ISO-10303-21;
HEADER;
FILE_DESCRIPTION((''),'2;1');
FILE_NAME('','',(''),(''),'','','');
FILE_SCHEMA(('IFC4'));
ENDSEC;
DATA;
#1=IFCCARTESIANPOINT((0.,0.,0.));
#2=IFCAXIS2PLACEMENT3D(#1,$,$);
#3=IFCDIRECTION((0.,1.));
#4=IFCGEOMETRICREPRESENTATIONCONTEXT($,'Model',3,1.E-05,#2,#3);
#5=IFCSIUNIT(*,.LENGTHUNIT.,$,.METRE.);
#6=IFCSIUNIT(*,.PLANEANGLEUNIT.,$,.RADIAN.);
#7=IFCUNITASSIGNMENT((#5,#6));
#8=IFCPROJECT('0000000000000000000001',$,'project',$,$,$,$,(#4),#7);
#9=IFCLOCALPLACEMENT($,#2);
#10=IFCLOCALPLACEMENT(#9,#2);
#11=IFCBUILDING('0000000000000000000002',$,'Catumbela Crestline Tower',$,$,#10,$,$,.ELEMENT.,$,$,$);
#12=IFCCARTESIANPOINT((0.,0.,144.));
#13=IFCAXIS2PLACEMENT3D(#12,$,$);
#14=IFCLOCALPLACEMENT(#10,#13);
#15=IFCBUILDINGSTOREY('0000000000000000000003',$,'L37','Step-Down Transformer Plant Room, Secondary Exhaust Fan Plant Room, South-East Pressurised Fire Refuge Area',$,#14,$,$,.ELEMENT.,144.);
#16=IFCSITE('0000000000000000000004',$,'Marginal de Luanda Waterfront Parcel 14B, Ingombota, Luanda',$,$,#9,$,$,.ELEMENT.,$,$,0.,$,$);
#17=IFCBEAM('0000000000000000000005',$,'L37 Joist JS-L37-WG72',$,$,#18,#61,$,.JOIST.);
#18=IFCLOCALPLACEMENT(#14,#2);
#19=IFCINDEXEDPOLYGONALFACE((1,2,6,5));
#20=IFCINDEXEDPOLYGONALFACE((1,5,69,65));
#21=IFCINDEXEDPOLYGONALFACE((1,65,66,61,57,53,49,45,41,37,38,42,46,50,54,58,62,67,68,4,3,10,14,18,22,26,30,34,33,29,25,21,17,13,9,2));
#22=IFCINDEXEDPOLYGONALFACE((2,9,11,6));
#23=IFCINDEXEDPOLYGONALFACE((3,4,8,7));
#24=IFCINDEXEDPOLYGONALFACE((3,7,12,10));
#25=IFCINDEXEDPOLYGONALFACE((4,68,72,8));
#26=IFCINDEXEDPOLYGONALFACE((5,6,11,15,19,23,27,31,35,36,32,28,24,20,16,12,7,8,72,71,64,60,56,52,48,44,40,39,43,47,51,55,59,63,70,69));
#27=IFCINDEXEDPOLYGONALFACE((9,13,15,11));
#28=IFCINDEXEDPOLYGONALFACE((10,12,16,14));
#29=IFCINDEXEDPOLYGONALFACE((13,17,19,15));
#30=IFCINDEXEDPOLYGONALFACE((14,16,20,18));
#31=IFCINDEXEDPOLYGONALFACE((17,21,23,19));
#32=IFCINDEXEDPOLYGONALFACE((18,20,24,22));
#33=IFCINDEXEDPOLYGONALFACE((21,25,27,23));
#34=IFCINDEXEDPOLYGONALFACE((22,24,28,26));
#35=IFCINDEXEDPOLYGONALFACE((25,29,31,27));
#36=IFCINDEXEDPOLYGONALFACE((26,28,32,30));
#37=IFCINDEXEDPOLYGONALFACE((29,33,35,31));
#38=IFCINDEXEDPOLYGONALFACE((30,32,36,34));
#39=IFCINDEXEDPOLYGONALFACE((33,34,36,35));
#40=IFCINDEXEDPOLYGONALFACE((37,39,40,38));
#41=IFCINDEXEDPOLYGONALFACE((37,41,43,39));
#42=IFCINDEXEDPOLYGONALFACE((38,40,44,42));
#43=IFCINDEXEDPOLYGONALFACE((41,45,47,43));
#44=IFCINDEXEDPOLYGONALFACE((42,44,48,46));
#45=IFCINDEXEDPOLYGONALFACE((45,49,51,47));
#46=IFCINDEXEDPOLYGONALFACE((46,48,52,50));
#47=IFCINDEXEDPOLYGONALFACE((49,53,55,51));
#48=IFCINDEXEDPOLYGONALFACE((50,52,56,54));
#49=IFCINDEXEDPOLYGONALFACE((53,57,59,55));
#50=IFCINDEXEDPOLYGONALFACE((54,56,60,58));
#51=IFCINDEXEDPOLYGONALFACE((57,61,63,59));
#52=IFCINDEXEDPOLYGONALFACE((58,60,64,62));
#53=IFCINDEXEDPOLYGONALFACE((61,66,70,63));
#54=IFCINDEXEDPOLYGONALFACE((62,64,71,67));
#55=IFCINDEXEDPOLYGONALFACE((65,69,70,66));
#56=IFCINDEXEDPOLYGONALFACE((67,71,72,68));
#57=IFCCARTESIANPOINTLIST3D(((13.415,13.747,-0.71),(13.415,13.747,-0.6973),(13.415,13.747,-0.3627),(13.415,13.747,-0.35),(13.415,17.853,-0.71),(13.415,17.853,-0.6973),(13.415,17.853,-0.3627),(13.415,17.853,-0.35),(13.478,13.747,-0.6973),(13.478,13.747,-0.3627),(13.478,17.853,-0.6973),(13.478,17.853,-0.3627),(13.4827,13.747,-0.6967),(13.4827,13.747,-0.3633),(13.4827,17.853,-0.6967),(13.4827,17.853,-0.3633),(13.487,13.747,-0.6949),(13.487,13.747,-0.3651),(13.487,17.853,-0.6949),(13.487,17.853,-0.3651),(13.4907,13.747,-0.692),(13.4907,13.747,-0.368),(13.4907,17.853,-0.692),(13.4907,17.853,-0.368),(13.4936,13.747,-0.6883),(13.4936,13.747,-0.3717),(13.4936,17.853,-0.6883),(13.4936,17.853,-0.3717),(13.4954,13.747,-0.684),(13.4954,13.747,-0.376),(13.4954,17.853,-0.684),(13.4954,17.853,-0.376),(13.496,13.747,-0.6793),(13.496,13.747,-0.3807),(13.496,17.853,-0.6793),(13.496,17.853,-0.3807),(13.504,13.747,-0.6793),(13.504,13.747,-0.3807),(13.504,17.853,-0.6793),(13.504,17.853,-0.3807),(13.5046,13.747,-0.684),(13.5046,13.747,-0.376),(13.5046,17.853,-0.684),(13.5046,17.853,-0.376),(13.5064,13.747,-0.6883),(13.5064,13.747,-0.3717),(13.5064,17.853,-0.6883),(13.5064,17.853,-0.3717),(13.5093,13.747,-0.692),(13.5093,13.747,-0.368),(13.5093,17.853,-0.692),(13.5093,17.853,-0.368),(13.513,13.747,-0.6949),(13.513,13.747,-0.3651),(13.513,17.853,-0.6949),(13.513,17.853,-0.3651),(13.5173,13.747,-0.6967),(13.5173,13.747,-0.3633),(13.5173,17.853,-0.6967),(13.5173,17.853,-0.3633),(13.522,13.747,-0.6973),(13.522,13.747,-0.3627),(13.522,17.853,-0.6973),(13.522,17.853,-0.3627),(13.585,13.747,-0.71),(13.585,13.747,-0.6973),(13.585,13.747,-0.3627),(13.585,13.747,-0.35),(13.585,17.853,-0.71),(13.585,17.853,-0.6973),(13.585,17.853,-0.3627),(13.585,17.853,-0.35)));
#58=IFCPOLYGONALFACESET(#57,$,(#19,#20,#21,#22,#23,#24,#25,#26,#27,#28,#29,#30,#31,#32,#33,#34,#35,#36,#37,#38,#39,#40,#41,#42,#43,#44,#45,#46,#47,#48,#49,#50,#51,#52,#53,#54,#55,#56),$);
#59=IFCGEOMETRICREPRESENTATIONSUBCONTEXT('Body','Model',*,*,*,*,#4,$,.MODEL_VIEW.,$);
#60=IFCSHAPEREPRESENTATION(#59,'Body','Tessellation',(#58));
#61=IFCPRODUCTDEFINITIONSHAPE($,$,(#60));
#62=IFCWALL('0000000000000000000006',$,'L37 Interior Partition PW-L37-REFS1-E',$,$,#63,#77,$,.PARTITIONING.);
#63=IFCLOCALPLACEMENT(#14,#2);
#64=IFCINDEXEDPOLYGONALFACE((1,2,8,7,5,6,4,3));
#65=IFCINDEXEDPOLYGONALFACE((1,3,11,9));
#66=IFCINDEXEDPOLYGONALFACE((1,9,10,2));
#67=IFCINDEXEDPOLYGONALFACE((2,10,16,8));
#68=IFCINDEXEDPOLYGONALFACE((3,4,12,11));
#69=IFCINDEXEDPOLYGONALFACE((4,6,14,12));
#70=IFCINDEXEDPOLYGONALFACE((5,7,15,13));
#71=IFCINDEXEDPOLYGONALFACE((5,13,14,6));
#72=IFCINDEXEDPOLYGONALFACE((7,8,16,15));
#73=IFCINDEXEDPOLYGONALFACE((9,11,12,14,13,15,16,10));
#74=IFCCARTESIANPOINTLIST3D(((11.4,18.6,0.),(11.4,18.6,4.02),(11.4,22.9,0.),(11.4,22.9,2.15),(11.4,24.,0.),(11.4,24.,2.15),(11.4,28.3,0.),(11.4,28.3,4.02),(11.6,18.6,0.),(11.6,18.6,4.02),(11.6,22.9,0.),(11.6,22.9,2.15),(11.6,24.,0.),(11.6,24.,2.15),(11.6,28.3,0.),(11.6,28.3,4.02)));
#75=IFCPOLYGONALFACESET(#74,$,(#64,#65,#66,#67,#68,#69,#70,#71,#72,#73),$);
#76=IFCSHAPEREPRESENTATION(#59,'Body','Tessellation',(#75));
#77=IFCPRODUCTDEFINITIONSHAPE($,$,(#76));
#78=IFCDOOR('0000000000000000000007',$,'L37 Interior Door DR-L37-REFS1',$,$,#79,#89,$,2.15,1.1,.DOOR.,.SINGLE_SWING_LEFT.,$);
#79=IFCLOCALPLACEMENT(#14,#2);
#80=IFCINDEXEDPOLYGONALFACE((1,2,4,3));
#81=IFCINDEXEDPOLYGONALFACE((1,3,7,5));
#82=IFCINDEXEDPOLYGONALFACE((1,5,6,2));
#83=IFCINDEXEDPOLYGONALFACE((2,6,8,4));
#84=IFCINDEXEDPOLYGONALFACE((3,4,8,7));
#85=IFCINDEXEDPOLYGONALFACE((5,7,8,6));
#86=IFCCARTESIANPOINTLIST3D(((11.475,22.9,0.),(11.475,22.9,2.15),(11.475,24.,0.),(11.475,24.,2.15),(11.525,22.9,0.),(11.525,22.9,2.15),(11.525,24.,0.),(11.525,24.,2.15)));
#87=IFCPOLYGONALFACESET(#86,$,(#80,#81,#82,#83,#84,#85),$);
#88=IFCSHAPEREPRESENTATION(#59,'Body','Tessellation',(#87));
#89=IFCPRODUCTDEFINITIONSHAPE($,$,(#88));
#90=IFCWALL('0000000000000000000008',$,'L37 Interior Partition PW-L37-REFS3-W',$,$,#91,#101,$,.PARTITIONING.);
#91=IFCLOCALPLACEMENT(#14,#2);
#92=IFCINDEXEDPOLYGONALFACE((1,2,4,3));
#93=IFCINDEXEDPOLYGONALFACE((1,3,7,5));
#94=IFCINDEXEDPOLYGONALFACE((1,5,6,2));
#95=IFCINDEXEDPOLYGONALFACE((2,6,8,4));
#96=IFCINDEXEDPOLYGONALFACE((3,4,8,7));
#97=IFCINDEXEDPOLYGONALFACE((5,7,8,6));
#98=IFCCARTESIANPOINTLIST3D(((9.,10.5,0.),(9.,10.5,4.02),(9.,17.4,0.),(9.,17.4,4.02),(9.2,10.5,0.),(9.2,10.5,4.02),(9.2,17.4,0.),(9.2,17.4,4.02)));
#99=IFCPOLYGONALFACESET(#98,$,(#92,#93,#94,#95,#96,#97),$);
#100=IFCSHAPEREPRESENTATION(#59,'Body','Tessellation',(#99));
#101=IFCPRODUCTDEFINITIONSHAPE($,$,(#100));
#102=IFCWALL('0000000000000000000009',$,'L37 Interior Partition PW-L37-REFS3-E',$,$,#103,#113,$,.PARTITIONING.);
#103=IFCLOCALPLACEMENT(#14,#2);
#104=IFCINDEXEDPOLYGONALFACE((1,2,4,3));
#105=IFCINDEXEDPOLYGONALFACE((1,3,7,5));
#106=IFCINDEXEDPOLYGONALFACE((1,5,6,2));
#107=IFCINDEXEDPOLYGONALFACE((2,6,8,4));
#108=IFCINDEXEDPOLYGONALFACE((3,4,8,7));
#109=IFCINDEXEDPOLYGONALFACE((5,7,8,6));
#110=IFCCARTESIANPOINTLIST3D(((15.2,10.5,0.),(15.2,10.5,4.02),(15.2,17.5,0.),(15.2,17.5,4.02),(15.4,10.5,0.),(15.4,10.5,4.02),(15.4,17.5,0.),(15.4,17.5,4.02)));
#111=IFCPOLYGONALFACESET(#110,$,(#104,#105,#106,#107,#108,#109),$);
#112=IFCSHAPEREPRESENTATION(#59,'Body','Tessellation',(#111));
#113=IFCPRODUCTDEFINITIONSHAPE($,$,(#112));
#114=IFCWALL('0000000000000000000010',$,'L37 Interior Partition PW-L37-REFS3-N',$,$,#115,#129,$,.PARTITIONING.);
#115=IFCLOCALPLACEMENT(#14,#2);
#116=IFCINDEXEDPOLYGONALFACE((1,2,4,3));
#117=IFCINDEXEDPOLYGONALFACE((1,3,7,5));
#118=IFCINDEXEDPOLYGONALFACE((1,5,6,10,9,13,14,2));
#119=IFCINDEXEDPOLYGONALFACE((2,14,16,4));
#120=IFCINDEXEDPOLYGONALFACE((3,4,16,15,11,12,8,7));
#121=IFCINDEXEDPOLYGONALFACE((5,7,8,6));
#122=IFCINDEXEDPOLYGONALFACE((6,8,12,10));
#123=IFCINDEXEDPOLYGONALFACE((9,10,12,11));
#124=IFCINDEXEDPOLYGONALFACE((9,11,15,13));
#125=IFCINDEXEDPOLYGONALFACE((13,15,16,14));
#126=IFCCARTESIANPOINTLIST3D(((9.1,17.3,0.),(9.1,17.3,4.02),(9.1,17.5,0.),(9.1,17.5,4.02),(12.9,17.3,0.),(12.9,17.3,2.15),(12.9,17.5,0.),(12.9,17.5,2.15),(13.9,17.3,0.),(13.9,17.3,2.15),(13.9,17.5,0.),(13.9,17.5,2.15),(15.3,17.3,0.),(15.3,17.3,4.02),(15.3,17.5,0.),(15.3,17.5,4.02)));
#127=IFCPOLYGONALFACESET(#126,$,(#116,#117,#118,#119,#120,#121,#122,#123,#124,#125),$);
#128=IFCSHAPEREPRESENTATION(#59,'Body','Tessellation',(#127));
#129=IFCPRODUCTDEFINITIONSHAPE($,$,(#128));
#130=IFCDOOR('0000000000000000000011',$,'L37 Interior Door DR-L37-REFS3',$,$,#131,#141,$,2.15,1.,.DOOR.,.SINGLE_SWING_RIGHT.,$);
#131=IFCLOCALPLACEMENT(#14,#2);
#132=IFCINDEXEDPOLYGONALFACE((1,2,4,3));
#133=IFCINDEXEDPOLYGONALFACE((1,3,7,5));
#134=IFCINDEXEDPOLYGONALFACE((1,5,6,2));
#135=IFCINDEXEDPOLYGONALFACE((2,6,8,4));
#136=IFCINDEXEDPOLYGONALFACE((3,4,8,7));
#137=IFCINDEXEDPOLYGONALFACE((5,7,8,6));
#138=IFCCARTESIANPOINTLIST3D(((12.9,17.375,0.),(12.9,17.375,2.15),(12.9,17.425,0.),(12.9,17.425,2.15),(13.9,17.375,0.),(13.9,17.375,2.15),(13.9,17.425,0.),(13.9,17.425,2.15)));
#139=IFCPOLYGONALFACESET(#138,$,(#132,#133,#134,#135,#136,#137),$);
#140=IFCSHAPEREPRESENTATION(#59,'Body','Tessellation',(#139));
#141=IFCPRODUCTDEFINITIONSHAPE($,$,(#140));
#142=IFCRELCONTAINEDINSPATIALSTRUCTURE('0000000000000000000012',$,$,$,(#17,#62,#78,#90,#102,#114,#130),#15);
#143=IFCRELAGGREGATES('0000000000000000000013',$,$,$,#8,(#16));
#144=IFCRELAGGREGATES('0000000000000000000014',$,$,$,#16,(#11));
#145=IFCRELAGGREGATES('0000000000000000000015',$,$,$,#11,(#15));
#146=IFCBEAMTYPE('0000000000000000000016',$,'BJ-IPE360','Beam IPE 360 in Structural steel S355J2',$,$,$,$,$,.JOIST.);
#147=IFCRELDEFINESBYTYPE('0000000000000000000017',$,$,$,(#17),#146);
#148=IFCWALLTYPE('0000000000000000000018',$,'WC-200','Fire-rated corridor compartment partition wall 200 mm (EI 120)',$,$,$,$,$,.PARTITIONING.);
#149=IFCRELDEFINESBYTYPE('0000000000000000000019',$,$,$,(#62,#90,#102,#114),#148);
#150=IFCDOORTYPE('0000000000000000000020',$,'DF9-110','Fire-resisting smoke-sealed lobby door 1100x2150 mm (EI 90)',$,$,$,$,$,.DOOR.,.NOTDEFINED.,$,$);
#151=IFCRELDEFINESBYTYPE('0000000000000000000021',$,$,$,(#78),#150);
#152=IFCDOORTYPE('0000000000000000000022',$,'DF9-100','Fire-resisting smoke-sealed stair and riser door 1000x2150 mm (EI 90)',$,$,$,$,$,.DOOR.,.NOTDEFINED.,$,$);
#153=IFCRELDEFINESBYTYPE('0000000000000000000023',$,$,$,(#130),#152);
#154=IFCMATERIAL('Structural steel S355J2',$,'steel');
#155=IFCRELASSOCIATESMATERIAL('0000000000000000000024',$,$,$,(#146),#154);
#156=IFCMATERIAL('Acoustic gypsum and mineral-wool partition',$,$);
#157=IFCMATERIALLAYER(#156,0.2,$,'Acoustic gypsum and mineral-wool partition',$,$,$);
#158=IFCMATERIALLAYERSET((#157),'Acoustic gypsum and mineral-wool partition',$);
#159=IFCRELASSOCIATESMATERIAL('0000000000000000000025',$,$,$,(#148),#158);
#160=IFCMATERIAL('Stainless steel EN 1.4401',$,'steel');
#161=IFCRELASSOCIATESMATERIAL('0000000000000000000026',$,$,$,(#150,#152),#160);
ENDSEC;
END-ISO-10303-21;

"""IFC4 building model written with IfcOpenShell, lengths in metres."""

from ifc_helpers import new_model, si_unit, direction, frame, frame_2d, origin, origin_2d, place, context, subcontext, project, spatial, rectangle, i_section, extrude, material, layer, layer_set, material_profile, profile_set, type_object, element, fill, save


model = new_model("IFC4")

# Units and contexts
model_context = context("Model", 3, precision=1e-05, world=origin(), true_north=direction((0.0, 1.0)))
body_context = subcontext(model_context, "Body", "Model", "MODEL_VIEW")
ifc_project = project(units=[si_unit("LENGTHUNIT", "METRE"), si_unit("PLANEANGLEUNIT", "RADIAN")], contexts=[model_context])

# Site, building, storey
site_placement = place(None, origin())
site = spatial("IfcSite", under=ifc_project, at=site_placement, Name="Marginal de Luanda Waterfront Parcel 14B, Ingombota, Luanda", CompositionType="ELEMENT", RefElevation=0.0)
building_placement = place(site_placement, origin())
building = spatial("IfcBuilding", under=site, at=building_placement, Name="Catumbela Crestline Tower", CompositionType="ELEMENT")
storey_placement = place(building_placement, frame((0.0, 0.0, 144.0)))
storey = spatial("IfcBuildingStorey", under=building, at=storey_placement, Name="L37", Description="Step-Down Transformer Plant Room, Secondary Exhaust Fan Plant Room, South-East Pressurised Fire Refuge Area", CompositionType="ELEMENT", Elevation=144.0)

# Beam
ifc_material_1 = material(Name="Structural steel S355J2", Category="steel")
ifc_material_profile_1 = material_profile(ifc_material_1, i_section(OverallWidth=0.17, OverallDepth=0.36, WebThickness=0.008, FlangeThickness=0.0127, FilletRadius=0.018, at=origin_2d()), Name="IPE 360")
ifc_profile_set_1 = profile_set([ifc_material_profile_1], Name="Structural steel S355J2")
beam_type_1 = type_object("IfcBeamType", Name="BJ-IPE360", Description="Beam IPE 360 in Structural steel S355J2", PredefinedType="JOIST", material=ifc_profile_set_1)
for number, where, z_axis, x_axis, name in (
    (1, (13.5, 13.747, -0.53), (0.0, 1.0, 0.0), (-1.0, 0.0, 0.0), "L37 Joist JS-L37-WG72"),
):
    element("IfcBeam", number, at=place(storey_placement, frame(where, z_axis=z_axis, x_axis=x_axis)), inside=storey, type_object=beam_type_1, Name=name, PredefinedType="JOIST", context=body_context, shape_type="SweptSolid", body=[
        extrude(i_section(OverallWidth=0.17, OverallDepth=0.36, WebThickness=0.008, FlangeThickness=0.0127, FilletRadius=0.018, at=origin_2d()), origin(), (0.0, 0.0, 1.0), 4.106),
    ])

# Wall, opening, door
ifc_material_2 = material(Name="Acoustic gypsum and mineral-wool partition")
ifc_layer = layer(ifc_material_2, 0.2, Name="Acoustic gypsum and mineral-wool partition")
ifc_layer_set = layer_set([ifc_layer], Name="Acoustic gypsum and mineral-wool partition")
wall_type = type_object("IfcWallType", Name="WC-200", Description="Fire-rated corridor compartment partition wall 200 mm (EI 120)", PredefinedType="PARTITIONING", material=ifc_layer_set)
wall_1_placement = place(storey_placement, frame((11.5, 18.6, 0.0), z_axis=(0.0, 0.0, 1.0), x_axis=(0.0, 1.0, 0.0)))
wall_1 = element("IfcWall", 2, at=wall_1_placement, inside=storey, type_object=wall_type, Name="L37 Interior Partition PW-L37-REFS1-E", PredefinedType="PARTITIONING", context=body_context, shape_type="SweptSolid", body=[
    extrude(rectangle(XDim=9.7, YDim=0.2, at=frame_2d((4.85, 0.0))), origin(), (0.0, 0.0, 1.0), 4.02),
])
opening_1_placement = place(wall_1_placement, frame((4.3, 0.0, 0.0)))
opening_1 = element("IfcOpeningElement", 3, at=opening_1_placement, cuts=wall_1, PredefinedType="OPENING", context=body_context, shape_type="SweptSolid", body=[
    extrude(rectangle(XDim=1.1, YDim=2.15, at=frame_2d((0.55, 1.075))), frame((0.0, 0.11, 0.0), z_axis=(0.0, -1.0, 0.0), x_axis=(1.0, 0.0, 0.0)), (0.0, 0.0, 1.0), 0.22),
])
ifc_material_3 = material(Name="Stainless steel EN 1.4401", Category="steel")
door_type_1 = type_object("IfcDoorType", Name="DF9-110", Description="Fire-resisting smoke-sealed lobby door 1100x2150 mm (EI 90)", OperationType="NOTDEFINED", PredefinedType="DOOR", material=ifc_material_3)
door_1_placement = place(opening_1_placement, origin())
door_1 = element("IfcDoor", 4, at=door_1_placement, inside=storey, type_object=door_type_1, Name="L37 Interior Door DR-L37-REFS1", OperationType="SINGLE_SWING_LEFT", OverallHeight=2.15, OverallWidth=1.1, PredefinedType="DOOR", context=body_context, shape_type="SweptSolid", body=[
    extrude(rectangle(XDim=1.1, YDim=2.15, at=frame_2d((0.55, 1.075))), frame((0.0, 0.025, 0.0), z_axis=(0.0, -1.0, 0.0), x_axis=(1.0, 0.0, 0.0)), (0.0, 0.0, 1.0), 0.05),
])
fill(opening_1, door_1)

# Walls
wall_2_placement = place(storey_placement, frame((9.1, 10.5, 0.0), z_axis=(0.0, 0.0, 1.0), x_axis=(0.0, 1.0, 0.0)))
element("IfcWall", 5, at=wall_2_placement, inside=storey, type_object=wall_type, Name="L37 Interior Partition PW-L37-REFS3-W", PredefinedType="PARTITIONING", context=body_context, shape_type="SweptSolid", body=[
    extrude(rectangle(XDim=6.9, YDim=0.2, at=frame_2d((3.45, 0.0))), origin(), (0.0, 0.0, 1.0), 4.02),
])
wall_3_placement = place(storey_placement, frame((15.3, 10.5, 0.0), z_axis=(0.0, 0.0, 1.0), x_axis=(0.0, 1.0, 0.0)))
element("IfcWall", 6, at=wall_3_placement, inside=storey, type_object=wall_type, Name="L37 Interior Partition PW-L37-REFS3-E", PredefinedType="PARTITIONING", context=body_context, shape_type="SweptSolid", body=[
    extrude(rectangle(XDim=7.0, YDim=0.2, at=frame_2d((3.5, 0.0))), origin(), (0.0, 0.0, 1.0), 4.02),
])

# Wall, opening, door
wall_4_placement = place(storey_placement, frame((9.1, 17.4, 0.0), z_axis=(0.0, 0.0, 1.0), x_axis=(1.0, 0.0, 0.0)))
wall_4 = element("IfcWall", 7, at=wall_4_placement, inside=storey, type_object=wall_type, Name="L37 Interior Partition PW-L37-REFS3-N", PredefinedType="PARTITIONING", context=body_context, shape_type="SweptSolid", body=[
    extrude(rectangle(XDim=6.2, YDim=0.2, at=frame_2d((3.1, 0.0))), origin(), (0.0, 0.0, 1.0), 4.02),
])
opening_2_placement = place(wall_4_placement, frame((3.8, 0.0, 0.0)))
opening_2 = element("IfcOpeningElement", 8, at=opening_2_placement, cuts=wall_4, PredefinedType="OPENING", context=body_context, shape_type="SweptSolid", body=[
    extrude(rectangle(XDim=1.0, YDim=2.15, at=frame_2d((0.5, 1.075))), frame((0.0, 0.11, 0.0), z_axis=(0.0, -1.0, 0.0), x_axis=(1.0, 0.0, 0.0)), (0.0, 0.0, 1.0), 0.22),
])
door_type_2 = type_object("IfcDoorType", Name="DF9-100", Description="Fire-resisting smoke-sealed stair and riser door 1000x2150 mm (EI 90)", OperationType="NOTDEFINED", PredefinedType="DOOR", material=ifc_material_3)
door_2_placement = place(opening_2_placement, origin())
door_2 = element("IfcDoor", 9, at=door_2_placement, inside=storey, type_object=door_type_2, Name="L37 Interior Door DR-L37-REFS3", OperationType="SINGLE_SWING_RIGHT", OverallHeight=2.15, OverallWidth=1.0, PredefinedType="DOOR", context=body_context, shape_type="SweptSolid", body=[
    extrude(rectangle(XDim=1.0, YDim=2.15, at=frame_2d((0.5, 1.075))), frame((0.0, 0.025, 0.0), z_axis=(0.0, -1.0, 0.0), x_axis=(1.0, 0.0, 0.0)), (0.0, 0.0, 1.0), 0.05),
])
fill(opening_2, door_2)

save(model, "model.ifc")
